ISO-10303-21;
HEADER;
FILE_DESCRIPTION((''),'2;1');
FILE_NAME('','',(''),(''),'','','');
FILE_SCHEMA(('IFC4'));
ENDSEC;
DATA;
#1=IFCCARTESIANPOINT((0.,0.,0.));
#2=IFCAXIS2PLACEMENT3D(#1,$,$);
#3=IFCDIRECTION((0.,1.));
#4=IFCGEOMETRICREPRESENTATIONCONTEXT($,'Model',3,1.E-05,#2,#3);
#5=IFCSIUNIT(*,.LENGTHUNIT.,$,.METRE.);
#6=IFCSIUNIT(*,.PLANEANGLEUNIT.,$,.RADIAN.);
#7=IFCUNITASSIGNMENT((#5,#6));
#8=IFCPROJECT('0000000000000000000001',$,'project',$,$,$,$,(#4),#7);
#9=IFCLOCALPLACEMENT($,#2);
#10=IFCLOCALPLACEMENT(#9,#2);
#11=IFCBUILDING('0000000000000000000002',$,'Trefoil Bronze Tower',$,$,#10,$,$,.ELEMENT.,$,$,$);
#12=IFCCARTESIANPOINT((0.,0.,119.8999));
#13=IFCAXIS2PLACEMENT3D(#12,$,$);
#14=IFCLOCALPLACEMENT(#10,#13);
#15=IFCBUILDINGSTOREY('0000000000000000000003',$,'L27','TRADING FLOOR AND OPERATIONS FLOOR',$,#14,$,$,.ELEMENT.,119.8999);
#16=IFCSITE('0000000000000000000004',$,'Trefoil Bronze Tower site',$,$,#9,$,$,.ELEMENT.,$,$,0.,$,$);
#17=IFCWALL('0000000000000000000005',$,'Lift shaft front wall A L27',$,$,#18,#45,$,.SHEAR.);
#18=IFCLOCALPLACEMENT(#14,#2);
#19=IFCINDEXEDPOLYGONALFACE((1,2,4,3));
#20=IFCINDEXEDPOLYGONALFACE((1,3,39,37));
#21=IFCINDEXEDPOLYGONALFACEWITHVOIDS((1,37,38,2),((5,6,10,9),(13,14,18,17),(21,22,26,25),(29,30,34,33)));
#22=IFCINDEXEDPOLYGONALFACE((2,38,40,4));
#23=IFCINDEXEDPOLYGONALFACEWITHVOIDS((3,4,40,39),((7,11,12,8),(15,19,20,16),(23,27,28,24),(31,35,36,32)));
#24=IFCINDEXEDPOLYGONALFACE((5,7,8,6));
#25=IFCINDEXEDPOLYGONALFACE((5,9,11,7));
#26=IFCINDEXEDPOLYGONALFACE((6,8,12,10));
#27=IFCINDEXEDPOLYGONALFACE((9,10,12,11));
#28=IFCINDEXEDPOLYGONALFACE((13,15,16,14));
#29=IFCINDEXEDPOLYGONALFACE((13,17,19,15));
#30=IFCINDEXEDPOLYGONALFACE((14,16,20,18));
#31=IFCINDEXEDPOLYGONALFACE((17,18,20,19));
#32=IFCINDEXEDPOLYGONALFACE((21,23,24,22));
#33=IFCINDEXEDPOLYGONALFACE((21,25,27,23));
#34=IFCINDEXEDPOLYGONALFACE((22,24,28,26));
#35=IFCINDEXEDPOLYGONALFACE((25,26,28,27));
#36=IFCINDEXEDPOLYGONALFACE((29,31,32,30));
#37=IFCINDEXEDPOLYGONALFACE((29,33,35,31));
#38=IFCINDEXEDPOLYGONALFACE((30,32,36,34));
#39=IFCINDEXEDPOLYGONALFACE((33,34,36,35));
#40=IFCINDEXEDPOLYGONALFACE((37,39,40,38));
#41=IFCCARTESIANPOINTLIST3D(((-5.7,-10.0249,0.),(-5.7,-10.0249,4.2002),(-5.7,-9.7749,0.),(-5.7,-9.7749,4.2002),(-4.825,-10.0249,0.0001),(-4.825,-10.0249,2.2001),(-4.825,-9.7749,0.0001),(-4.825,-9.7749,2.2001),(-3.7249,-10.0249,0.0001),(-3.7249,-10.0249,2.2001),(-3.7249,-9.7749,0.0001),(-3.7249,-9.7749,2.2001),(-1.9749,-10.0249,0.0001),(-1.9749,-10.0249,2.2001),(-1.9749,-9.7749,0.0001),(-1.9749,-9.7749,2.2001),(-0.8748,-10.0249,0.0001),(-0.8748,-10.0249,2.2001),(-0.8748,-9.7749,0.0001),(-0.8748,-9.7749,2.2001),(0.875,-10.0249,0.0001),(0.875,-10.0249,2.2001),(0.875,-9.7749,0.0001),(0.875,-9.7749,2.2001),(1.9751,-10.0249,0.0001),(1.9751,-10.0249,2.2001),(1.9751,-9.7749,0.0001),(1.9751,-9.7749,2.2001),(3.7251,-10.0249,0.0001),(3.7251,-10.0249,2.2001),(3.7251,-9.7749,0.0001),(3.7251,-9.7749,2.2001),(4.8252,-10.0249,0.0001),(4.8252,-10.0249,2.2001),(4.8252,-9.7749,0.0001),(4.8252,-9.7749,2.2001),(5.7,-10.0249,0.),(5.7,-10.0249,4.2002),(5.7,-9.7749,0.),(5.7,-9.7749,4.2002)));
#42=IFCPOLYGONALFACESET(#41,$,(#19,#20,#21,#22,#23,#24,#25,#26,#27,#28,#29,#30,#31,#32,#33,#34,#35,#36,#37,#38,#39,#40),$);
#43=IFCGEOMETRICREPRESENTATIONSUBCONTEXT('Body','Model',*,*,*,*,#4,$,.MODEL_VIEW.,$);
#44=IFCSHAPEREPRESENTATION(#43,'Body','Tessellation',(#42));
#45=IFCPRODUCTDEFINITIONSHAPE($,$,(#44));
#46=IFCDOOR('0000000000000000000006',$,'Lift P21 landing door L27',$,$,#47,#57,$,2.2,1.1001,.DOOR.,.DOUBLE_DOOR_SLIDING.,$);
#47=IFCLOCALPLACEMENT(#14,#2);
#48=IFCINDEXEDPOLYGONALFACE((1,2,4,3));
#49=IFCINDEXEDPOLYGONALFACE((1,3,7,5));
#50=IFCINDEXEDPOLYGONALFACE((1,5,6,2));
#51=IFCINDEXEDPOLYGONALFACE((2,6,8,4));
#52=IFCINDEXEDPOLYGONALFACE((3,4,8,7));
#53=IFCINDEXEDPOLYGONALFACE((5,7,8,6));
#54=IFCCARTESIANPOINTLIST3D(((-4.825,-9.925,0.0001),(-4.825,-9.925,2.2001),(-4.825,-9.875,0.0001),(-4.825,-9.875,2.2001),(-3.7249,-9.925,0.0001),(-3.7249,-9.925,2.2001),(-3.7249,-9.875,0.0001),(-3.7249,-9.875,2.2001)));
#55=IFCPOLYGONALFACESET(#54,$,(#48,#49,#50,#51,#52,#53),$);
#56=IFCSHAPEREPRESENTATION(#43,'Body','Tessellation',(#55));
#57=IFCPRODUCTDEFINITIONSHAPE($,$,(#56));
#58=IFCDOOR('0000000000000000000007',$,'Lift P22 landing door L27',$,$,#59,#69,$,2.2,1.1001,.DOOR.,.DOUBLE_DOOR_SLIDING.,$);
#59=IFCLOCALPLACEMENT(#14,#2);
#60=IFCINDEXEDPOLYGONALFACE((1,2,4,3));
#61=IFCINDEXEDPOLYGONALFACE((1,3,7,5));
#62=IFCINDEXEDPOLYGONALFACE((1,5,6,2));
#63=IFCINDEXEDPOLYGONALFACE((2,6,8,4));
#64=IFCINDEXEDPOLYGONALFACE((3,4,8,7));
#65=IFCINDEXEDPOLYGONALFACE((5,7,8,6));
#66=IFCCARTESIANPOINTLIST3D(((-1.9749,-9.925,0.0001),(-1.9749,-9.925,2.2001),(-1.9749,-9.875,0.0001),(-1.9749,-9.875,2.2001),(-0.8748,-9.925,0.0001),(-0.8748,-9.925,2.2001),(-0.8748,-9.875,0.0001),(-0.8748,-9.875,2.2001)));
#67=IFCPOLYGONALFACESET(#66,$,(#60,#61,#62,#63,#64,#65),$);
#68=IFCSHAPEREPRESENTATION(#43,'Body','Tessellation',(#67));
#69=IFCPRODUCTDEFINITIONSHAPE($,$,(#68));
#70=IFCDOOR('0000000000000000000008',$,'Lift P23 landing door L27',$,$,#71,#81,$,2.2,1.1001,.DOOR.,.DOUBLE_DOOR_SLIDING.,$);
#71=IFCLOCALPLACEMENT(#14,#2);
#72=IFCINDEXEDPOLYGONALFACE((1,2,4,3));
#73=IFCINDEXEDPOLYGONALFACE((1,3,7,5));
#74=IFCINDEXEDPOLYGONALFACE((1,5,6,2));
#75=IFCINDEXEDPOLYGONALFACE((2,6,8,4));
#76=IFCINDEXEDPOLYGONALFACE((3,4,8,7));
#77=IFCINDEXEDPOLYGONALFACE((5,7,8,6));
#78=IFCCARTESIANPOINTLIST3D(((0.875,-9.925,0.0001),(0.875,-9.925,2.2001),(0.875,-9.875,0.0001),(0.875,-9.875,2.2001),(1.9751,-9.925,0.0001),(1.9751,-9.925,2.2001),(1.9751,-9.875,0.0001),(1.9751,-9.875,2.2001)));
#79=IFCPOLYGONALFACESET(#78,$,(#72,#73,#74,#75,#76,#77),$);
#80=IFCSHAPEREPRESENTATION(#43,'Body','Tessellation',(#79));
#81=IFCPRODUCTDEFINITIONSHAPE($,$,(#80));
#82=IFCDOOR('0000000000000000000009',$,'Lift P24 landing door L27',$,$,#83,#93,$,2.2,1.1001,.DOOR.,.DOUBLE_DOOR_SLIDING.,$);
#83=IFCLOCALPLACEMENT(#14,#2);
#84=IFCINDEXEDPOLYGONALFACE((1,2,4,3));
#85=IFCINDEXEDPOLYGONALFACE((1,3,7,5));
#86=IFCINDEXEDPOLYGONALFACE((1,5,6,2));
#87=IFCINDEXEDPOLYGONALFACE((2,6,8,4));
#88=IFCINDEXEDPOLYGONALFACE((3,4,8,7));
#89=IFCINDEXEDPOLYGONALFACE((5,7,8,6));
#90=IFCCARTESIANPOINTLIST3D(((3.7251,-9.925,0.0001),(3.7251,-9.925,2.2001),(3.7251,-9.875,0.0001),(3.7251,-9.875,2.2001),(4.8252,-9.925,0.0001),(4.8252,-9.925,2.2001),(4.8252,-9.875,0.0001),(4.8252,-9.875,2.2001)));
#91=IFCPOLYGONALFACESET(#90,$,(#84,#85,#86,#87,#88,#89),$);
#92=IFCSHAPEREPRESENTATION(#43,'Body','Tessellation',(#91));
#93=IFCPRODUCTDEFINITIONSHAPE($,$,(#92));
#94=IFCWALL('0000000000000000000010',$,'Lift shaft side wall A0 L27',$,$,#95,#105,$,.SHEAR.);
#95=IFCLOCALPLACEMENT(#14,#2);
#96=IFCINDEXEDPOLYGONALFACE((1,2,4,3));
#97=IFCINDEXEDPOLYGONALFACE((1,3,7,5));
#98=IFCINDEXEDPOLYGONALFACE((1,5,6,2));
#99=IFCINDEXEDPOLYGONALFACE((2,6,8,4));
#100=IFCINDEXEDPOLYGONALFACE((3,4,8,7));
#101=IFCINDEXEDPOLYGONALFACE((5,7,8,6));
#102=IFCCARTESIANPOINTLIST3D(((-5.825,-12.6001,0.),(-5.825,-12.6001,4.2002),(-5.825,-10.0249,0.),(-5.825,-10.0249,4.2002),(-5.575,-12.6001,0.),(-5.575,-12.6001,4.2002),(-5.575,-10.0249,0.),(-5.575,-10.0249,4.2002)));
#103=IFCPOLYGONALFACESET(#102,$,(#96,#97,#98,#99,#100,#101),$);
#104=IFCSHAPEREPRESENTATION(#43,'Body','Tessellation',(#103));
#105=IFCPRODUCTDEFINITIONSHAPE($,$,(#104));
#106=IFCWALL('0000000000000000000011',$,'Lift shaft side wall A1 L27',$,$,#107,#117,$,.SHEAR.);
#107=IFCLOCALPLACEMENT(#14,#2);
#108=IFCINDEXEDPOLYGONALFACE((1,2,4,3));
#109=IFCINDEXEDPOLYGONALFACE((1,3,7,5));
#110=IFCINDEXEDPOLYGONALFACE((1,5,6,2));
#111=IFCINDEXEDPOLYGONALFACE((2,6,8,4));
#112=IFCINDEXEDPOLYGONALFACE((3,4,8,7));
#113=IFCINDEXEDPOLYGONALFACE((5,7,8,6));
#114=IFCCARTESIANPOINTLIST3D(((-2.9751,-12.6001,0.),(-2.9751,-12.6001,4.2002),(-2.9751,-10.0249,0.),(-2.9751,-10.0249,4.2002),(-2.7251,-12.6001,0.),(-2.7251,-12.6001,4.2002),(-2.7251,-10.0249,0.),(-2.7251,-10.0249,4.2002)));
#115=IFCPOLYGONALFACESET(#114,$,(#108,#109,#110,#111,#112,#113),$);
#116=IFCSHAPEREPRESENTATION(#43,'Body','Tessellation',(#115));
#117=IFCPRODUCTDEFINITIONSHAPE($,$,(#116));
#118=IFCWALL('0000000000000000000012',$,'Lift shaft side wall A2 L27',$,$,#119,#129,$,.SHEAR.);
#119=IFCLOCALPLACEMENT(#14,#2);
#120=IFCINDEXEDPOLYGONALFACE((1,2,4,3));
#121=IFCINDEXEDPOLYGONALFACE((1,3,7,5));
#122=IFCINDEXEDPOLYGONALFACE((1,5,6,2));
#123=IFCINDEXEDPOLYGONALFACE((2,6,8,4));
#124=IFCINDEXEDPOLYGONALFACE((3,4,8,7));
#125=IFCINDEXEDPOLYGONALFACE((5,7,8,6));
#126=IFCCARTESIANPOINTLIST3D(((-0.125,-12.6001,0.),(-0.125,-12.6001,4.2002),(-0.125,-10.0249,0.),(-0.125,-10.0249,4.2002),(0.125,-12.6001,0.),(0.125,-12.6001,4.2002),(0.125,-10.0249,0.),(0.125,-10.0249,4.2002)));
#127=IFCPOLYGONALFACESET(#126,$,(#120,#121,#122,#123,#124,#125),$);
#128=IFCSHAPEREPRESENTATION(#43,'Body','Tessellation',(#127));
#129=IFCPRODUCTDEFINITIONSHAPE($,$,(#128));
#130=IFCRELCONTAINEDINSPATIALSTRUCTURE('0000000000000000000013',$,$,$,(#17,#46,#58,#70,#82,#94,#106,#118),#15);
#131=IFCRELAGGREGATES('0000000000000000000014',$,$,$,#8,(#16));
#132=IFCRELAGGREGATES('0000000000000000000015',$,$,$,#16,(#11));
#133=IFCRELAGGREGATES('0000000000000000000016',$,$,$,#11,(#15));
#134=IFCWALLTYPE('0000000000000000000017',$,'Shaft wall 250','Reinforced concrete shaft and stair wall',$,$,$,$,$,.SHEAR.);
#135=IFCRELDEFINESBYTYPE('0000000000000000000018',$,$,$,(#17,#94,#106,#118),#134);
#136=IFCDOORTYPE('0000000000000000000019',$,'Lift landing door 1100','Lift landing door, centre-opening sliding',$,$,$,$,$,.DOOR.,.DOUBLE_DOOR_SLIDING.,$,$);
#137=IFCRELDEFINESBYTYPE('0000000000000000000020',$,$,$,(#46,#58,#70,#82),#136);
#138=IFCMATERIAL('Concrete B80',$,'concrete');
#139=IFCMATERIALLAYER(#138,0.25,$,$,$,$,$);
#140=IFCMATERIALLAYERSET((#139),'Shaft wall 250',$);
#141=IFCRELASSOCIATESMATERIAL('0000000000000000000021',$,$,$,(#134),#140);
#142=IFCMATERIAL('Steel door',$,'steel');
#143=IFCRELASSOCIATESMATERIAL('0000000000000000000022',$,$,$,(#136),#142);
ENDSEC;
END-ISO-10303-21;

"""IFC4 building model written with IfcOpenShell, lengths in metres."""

from ifc_helpers import new_model, si_unit, direction, frame, frame_2d, origin, place, context, subcontext, project, spatial, rectangle, extrude, material, layer, layer_set, type_object, element, fill, save


model = new_model("IFC4")

# Units and contexts
model_context = context("Model", 3, precision=1e-05, world=origin(), true_north=direction((0.0, 1.0)))
body_context = subcontext(model_context, "Body", "Model", "MODEL_VIEW")
ifc_project = project(units=[si_unit("LENGTHUNIT", "METRE"), si_unit("PLANEANGLEUNIT", "RADIAN")], contexts=[model_context])

# Site, building, storey
site_placement = place(None, origin())
site = spatial("IfcSite", under=ifc_project, at=site_placement, Name="Trefoil Bronze Tower site", CompositionType="ELEMENT", RefElevation=0.0)
building_placement = place(site_placement, origin())
building = spatial("IfcBuilding", under=site, at=building_placement, Name="Trefoil Bronze Tower", CompositionType="ELEMENT")
storey_placement = place(building_placement, frame((0.0, 0.0, 119.8999)))
storey = spatial("IfcBuildingStorey", under=building, at=storey_placement, Name="L27", Description="TRADING FLOOR AND OPERATIONS FLOOR", CompositionType="ELEMENT", Elevation=119.8999)

# Wall, openings, doors
ifc_material_1 = material(Name="Concrete B80", Category="concrete")
ifc_layer_1 = layer(ifc_material_1, 0.25)
ifc_layer_set_1 = layer_set([ifc_layer_1], Name="Shaft wall 250")
wall_type_1 = type_object("IfcWallType", Name="Shaft wall 250", Description="Reinforced concrete shaft and stair wall", PredefinedType="SHEAR", material=ifc_layer_set_1)
wall_1_placement = place(storey_placement, frame((-5.7, -9.8999, 0.0), z_axis=(0.0, 0.0, 1.0), x_axis=(1.0, 0.0, 0.0)))
wall_1 = element("IfcWall", 1, at=wall_1_placement, inside=storey, type_object=wall_type_1, Name="Lift shaft front wall A L27", PredefinedType="SHEAR", context=body_context, shape_type="SweptSolid", body=[
    extrude(rectangle(XDim=11.3999, YDim=0.25, at=frame_2d((5.7, 0.0))), origin(), (0.0, 0.0, 1.0), 4.2002),
])
opening_1_placement = place(wall_1_placement, frame((0.875, 0.0, 0.0)))
opening_1 = element("IfcOpeningElement", 2, at=opening_1_placement, cuts=wall_1, PredefinedType="OPENING", context=body_context, shape_type="SweptSolid", body=[
    extrude(rectangle(XDim=1.1001, YDim=2.2, at=frame_2d((0.55, 1.1001))), frame((0.0, 0.135, 0.0), z_axis=(0.0, -1.0, 0.0), x_axis=(1.0, 0.0, 0.0)), (0.0, 0.0, 1.0), 0.27),
])
opening_2_placement = place(wall_1_placement, frame((3.7251, 0.0, 0.0)))
opening_2 = element("IfcOpeningElement", 3, at=opening_2_placement, cuts=wall_1, PredefinedType="OPENING", context=body_context, shape_type="SweptSolid", body=[
    extrude(rectangle(XDim=1.1001, YDim=2.2, at=frame_2d((0.55, 1.1001))), frame((0.0, 0.135, 0.0), z_axis=(0.0, -1.0, 0.0), x_axis=(1.0, 0.0, 0.0)), (0.0, 0.0, 1.0), 0.27),
])
opening_3_placement = place(wall_1_placement, frame((6.575, 0.0, 0.0)))
opening_3 = element("IfcOpeningElement", 4, at=opening_3_placement, cuts=wall_1, PredefinedType="OPENING", context=body_context, shape_type="SweptSolid", body=[
    extrude(rectangle(XDim=1.1001, YDim=2.2, at=frame_2d((0.55, 1.1001))), frame((0.0, 0.135, 0.0), z_axis=(0.0, -1.0, 0.0), x_axis=(1.0, 0.0, 0.0)), (0.0, 0.0, 1.0), 0.27),
])
opening_4_placement = place(wall_1_placement, frame((9.425, 0.0, 0.0)))
opening_4 = element("IfcOpeningElement", 5, at=opening_4_placement, cuts=wall_1, PredefinedType="OPENING", context=body_context, shape_type="SweptSolid", body=[
    extrude(rectangle(XDim=1.1001, YDim=2.2, at=frame_2d((0.55, 1.1001))), frame((0.0, 0.135, 0.0), z_axis=(0.0, -1.0, 0.0), x_axis=(1.0, 0.0, 0.0)), (0.0, 0.0, 1.0), 0.27),
])
ifc_material_2 = material(Name="Steel door", Category="steel")
door_type_1 = type_object("IfcDoorType", Name="Lift landing door 1100", Description="Lift landing door, centre-opening sliding", OperationType="DOUBLE_DOOR_SLIDING", PredefinedType="DOOR", material=ifc_material_2)
door_1_placement = place(opening_1_placement, origin())
door_1 = element("IfcDoor", 6, at=door_1_placement, inside=storey, type_object=door_type_1, Name="Lift P21 landing door L27", OperationType="DOUBLE_DOOR_SLIDING", OverallHeight=2.2, OverallWidth=1.1001, PredefinedType="DOOR", context=body_context, shape_type="SweptSolid", body=[
    extrude(rectangle(XDim=1.1001, YDim=2.2, at=frame_2d((0.55, 1.1001))), frame((0.0, 0.0249, 0.0), z_axis=(0.0, -1.0, 0.0), x_axis=(1.0, 0.0, 0.0)), (0.0, 0.0, 1.0), 0.05),
])
fill(opening_1, door_1)
door_2_placement = place(opening_2_placement, origin())
door_2 = element("IfcDoor", 7, at=door_2_placement, inside=storey, type_object=door_type_1, Name="Lift P22 landing door L27", OperationType="DOUBLE_DOOR_SLIDING", OverallHeight=2.2, OverallWidth=1.1001, PredefinedType="DOOR", context=body_context, shape_type="SweptSolid", body=[
    extrude(rectangle(XDim=1.1001, YDim=2.2, at=frame_2d((0.55, 1.1001))), frame((0.0, 0.0249, 0.0), z_axis=(0.0, -1.0, 0.0), x_axis=(1.0, 0.0, 0.0)), (0.0, 0.0, 1.0), 0.05),
])
fill(opening_2, door_2)
door_3_placement = place(opening_3_placement, origin())
door_3 = element("IfcDoor", 8, at=door_3_placement, inside=storey, type_object=door_type_1, Name="Lift P23 landing door L27", OperationType="DOUBLE_DOOR_SLIDING", OverallHeight=2.2, OverallWidth=1.1001, PredefinedType="DOOR", context=body_context, shape_type="SweptSolid", body=[
    extrude(rectangle(XDim=1.1001, YDim=2.2, at=frame_2d((0.55, 1.1001))), frame((0.0, 0.0249, 0.0), z_axis=(0.0, -1.0, 0.0), x_axis=(1.0, 0.0, 0.0)), (0.0, 0.0, 1.0), 0.05),
])
fill(opening_3, door_3)
door_4_placement = place(opening_4_placement, origin())
door_4 = element("IfcDoor", 9, at=door_4_placement, inside=storey, type_object=door_type_1, Name="Lift P24 landing door L27", OperationType="DOUBLE_DOOR_SLIDING", OverallHeight=2.2, OverallWidth=1.1001, PredefinedType="DOOR", context=body_context, shape_type="SweptSolid", body=[
    extrude(rectangle(XDim=1.1001, YDim=2.2, at=frame_2d((0.55, 1.1001))), frame((0.0, 0.0249, 0.0), z_axis=(0.0, -1.0, 0.0), x_axis=(1.0, 0.0, 0.0)), (0.0, 0.0, 1.0), 0.05),
])
fill(opening_4, door_4)

# Walls
for number, where, z_axis, x_axis, name in (
    (10, (-5.7, -10.0249, 0.0), (0.0, 0.0, 1.0), (0.0, -1.0, 0.0), "Lift shaft side wall A0 L27"),
    (11, (-2.8501, -10.0249, 0.0), (0.0, 0.0, 1.0), (0.0, -1.0, 0.0), "Lift shaft side wall A1 L27"),
    (12, (0.0, -10.0249, 0.0), (0.0, 0.0, 1.0), (0.0, -1.0, 0.0), "Lift shaft side wall A2 L27"),
):
    element("IfcWall", number, at=place(storey_placement, frame(where, z_axis=z_axis, x_axis=x_axis)), inside=storey, type_object=wall_type_1, Name=name, PredefinedType="SHEAR", context=body_context, shape_type="SweptSolid", body=[
        extrude(rectangle(XDim=2.5752, YDim=0.25, at=frame_2d((1.2876, 0.0))), origin(), (0.0, 0.0, 1.0), 4.2002),
    ])

save(model, "model.ifc")
